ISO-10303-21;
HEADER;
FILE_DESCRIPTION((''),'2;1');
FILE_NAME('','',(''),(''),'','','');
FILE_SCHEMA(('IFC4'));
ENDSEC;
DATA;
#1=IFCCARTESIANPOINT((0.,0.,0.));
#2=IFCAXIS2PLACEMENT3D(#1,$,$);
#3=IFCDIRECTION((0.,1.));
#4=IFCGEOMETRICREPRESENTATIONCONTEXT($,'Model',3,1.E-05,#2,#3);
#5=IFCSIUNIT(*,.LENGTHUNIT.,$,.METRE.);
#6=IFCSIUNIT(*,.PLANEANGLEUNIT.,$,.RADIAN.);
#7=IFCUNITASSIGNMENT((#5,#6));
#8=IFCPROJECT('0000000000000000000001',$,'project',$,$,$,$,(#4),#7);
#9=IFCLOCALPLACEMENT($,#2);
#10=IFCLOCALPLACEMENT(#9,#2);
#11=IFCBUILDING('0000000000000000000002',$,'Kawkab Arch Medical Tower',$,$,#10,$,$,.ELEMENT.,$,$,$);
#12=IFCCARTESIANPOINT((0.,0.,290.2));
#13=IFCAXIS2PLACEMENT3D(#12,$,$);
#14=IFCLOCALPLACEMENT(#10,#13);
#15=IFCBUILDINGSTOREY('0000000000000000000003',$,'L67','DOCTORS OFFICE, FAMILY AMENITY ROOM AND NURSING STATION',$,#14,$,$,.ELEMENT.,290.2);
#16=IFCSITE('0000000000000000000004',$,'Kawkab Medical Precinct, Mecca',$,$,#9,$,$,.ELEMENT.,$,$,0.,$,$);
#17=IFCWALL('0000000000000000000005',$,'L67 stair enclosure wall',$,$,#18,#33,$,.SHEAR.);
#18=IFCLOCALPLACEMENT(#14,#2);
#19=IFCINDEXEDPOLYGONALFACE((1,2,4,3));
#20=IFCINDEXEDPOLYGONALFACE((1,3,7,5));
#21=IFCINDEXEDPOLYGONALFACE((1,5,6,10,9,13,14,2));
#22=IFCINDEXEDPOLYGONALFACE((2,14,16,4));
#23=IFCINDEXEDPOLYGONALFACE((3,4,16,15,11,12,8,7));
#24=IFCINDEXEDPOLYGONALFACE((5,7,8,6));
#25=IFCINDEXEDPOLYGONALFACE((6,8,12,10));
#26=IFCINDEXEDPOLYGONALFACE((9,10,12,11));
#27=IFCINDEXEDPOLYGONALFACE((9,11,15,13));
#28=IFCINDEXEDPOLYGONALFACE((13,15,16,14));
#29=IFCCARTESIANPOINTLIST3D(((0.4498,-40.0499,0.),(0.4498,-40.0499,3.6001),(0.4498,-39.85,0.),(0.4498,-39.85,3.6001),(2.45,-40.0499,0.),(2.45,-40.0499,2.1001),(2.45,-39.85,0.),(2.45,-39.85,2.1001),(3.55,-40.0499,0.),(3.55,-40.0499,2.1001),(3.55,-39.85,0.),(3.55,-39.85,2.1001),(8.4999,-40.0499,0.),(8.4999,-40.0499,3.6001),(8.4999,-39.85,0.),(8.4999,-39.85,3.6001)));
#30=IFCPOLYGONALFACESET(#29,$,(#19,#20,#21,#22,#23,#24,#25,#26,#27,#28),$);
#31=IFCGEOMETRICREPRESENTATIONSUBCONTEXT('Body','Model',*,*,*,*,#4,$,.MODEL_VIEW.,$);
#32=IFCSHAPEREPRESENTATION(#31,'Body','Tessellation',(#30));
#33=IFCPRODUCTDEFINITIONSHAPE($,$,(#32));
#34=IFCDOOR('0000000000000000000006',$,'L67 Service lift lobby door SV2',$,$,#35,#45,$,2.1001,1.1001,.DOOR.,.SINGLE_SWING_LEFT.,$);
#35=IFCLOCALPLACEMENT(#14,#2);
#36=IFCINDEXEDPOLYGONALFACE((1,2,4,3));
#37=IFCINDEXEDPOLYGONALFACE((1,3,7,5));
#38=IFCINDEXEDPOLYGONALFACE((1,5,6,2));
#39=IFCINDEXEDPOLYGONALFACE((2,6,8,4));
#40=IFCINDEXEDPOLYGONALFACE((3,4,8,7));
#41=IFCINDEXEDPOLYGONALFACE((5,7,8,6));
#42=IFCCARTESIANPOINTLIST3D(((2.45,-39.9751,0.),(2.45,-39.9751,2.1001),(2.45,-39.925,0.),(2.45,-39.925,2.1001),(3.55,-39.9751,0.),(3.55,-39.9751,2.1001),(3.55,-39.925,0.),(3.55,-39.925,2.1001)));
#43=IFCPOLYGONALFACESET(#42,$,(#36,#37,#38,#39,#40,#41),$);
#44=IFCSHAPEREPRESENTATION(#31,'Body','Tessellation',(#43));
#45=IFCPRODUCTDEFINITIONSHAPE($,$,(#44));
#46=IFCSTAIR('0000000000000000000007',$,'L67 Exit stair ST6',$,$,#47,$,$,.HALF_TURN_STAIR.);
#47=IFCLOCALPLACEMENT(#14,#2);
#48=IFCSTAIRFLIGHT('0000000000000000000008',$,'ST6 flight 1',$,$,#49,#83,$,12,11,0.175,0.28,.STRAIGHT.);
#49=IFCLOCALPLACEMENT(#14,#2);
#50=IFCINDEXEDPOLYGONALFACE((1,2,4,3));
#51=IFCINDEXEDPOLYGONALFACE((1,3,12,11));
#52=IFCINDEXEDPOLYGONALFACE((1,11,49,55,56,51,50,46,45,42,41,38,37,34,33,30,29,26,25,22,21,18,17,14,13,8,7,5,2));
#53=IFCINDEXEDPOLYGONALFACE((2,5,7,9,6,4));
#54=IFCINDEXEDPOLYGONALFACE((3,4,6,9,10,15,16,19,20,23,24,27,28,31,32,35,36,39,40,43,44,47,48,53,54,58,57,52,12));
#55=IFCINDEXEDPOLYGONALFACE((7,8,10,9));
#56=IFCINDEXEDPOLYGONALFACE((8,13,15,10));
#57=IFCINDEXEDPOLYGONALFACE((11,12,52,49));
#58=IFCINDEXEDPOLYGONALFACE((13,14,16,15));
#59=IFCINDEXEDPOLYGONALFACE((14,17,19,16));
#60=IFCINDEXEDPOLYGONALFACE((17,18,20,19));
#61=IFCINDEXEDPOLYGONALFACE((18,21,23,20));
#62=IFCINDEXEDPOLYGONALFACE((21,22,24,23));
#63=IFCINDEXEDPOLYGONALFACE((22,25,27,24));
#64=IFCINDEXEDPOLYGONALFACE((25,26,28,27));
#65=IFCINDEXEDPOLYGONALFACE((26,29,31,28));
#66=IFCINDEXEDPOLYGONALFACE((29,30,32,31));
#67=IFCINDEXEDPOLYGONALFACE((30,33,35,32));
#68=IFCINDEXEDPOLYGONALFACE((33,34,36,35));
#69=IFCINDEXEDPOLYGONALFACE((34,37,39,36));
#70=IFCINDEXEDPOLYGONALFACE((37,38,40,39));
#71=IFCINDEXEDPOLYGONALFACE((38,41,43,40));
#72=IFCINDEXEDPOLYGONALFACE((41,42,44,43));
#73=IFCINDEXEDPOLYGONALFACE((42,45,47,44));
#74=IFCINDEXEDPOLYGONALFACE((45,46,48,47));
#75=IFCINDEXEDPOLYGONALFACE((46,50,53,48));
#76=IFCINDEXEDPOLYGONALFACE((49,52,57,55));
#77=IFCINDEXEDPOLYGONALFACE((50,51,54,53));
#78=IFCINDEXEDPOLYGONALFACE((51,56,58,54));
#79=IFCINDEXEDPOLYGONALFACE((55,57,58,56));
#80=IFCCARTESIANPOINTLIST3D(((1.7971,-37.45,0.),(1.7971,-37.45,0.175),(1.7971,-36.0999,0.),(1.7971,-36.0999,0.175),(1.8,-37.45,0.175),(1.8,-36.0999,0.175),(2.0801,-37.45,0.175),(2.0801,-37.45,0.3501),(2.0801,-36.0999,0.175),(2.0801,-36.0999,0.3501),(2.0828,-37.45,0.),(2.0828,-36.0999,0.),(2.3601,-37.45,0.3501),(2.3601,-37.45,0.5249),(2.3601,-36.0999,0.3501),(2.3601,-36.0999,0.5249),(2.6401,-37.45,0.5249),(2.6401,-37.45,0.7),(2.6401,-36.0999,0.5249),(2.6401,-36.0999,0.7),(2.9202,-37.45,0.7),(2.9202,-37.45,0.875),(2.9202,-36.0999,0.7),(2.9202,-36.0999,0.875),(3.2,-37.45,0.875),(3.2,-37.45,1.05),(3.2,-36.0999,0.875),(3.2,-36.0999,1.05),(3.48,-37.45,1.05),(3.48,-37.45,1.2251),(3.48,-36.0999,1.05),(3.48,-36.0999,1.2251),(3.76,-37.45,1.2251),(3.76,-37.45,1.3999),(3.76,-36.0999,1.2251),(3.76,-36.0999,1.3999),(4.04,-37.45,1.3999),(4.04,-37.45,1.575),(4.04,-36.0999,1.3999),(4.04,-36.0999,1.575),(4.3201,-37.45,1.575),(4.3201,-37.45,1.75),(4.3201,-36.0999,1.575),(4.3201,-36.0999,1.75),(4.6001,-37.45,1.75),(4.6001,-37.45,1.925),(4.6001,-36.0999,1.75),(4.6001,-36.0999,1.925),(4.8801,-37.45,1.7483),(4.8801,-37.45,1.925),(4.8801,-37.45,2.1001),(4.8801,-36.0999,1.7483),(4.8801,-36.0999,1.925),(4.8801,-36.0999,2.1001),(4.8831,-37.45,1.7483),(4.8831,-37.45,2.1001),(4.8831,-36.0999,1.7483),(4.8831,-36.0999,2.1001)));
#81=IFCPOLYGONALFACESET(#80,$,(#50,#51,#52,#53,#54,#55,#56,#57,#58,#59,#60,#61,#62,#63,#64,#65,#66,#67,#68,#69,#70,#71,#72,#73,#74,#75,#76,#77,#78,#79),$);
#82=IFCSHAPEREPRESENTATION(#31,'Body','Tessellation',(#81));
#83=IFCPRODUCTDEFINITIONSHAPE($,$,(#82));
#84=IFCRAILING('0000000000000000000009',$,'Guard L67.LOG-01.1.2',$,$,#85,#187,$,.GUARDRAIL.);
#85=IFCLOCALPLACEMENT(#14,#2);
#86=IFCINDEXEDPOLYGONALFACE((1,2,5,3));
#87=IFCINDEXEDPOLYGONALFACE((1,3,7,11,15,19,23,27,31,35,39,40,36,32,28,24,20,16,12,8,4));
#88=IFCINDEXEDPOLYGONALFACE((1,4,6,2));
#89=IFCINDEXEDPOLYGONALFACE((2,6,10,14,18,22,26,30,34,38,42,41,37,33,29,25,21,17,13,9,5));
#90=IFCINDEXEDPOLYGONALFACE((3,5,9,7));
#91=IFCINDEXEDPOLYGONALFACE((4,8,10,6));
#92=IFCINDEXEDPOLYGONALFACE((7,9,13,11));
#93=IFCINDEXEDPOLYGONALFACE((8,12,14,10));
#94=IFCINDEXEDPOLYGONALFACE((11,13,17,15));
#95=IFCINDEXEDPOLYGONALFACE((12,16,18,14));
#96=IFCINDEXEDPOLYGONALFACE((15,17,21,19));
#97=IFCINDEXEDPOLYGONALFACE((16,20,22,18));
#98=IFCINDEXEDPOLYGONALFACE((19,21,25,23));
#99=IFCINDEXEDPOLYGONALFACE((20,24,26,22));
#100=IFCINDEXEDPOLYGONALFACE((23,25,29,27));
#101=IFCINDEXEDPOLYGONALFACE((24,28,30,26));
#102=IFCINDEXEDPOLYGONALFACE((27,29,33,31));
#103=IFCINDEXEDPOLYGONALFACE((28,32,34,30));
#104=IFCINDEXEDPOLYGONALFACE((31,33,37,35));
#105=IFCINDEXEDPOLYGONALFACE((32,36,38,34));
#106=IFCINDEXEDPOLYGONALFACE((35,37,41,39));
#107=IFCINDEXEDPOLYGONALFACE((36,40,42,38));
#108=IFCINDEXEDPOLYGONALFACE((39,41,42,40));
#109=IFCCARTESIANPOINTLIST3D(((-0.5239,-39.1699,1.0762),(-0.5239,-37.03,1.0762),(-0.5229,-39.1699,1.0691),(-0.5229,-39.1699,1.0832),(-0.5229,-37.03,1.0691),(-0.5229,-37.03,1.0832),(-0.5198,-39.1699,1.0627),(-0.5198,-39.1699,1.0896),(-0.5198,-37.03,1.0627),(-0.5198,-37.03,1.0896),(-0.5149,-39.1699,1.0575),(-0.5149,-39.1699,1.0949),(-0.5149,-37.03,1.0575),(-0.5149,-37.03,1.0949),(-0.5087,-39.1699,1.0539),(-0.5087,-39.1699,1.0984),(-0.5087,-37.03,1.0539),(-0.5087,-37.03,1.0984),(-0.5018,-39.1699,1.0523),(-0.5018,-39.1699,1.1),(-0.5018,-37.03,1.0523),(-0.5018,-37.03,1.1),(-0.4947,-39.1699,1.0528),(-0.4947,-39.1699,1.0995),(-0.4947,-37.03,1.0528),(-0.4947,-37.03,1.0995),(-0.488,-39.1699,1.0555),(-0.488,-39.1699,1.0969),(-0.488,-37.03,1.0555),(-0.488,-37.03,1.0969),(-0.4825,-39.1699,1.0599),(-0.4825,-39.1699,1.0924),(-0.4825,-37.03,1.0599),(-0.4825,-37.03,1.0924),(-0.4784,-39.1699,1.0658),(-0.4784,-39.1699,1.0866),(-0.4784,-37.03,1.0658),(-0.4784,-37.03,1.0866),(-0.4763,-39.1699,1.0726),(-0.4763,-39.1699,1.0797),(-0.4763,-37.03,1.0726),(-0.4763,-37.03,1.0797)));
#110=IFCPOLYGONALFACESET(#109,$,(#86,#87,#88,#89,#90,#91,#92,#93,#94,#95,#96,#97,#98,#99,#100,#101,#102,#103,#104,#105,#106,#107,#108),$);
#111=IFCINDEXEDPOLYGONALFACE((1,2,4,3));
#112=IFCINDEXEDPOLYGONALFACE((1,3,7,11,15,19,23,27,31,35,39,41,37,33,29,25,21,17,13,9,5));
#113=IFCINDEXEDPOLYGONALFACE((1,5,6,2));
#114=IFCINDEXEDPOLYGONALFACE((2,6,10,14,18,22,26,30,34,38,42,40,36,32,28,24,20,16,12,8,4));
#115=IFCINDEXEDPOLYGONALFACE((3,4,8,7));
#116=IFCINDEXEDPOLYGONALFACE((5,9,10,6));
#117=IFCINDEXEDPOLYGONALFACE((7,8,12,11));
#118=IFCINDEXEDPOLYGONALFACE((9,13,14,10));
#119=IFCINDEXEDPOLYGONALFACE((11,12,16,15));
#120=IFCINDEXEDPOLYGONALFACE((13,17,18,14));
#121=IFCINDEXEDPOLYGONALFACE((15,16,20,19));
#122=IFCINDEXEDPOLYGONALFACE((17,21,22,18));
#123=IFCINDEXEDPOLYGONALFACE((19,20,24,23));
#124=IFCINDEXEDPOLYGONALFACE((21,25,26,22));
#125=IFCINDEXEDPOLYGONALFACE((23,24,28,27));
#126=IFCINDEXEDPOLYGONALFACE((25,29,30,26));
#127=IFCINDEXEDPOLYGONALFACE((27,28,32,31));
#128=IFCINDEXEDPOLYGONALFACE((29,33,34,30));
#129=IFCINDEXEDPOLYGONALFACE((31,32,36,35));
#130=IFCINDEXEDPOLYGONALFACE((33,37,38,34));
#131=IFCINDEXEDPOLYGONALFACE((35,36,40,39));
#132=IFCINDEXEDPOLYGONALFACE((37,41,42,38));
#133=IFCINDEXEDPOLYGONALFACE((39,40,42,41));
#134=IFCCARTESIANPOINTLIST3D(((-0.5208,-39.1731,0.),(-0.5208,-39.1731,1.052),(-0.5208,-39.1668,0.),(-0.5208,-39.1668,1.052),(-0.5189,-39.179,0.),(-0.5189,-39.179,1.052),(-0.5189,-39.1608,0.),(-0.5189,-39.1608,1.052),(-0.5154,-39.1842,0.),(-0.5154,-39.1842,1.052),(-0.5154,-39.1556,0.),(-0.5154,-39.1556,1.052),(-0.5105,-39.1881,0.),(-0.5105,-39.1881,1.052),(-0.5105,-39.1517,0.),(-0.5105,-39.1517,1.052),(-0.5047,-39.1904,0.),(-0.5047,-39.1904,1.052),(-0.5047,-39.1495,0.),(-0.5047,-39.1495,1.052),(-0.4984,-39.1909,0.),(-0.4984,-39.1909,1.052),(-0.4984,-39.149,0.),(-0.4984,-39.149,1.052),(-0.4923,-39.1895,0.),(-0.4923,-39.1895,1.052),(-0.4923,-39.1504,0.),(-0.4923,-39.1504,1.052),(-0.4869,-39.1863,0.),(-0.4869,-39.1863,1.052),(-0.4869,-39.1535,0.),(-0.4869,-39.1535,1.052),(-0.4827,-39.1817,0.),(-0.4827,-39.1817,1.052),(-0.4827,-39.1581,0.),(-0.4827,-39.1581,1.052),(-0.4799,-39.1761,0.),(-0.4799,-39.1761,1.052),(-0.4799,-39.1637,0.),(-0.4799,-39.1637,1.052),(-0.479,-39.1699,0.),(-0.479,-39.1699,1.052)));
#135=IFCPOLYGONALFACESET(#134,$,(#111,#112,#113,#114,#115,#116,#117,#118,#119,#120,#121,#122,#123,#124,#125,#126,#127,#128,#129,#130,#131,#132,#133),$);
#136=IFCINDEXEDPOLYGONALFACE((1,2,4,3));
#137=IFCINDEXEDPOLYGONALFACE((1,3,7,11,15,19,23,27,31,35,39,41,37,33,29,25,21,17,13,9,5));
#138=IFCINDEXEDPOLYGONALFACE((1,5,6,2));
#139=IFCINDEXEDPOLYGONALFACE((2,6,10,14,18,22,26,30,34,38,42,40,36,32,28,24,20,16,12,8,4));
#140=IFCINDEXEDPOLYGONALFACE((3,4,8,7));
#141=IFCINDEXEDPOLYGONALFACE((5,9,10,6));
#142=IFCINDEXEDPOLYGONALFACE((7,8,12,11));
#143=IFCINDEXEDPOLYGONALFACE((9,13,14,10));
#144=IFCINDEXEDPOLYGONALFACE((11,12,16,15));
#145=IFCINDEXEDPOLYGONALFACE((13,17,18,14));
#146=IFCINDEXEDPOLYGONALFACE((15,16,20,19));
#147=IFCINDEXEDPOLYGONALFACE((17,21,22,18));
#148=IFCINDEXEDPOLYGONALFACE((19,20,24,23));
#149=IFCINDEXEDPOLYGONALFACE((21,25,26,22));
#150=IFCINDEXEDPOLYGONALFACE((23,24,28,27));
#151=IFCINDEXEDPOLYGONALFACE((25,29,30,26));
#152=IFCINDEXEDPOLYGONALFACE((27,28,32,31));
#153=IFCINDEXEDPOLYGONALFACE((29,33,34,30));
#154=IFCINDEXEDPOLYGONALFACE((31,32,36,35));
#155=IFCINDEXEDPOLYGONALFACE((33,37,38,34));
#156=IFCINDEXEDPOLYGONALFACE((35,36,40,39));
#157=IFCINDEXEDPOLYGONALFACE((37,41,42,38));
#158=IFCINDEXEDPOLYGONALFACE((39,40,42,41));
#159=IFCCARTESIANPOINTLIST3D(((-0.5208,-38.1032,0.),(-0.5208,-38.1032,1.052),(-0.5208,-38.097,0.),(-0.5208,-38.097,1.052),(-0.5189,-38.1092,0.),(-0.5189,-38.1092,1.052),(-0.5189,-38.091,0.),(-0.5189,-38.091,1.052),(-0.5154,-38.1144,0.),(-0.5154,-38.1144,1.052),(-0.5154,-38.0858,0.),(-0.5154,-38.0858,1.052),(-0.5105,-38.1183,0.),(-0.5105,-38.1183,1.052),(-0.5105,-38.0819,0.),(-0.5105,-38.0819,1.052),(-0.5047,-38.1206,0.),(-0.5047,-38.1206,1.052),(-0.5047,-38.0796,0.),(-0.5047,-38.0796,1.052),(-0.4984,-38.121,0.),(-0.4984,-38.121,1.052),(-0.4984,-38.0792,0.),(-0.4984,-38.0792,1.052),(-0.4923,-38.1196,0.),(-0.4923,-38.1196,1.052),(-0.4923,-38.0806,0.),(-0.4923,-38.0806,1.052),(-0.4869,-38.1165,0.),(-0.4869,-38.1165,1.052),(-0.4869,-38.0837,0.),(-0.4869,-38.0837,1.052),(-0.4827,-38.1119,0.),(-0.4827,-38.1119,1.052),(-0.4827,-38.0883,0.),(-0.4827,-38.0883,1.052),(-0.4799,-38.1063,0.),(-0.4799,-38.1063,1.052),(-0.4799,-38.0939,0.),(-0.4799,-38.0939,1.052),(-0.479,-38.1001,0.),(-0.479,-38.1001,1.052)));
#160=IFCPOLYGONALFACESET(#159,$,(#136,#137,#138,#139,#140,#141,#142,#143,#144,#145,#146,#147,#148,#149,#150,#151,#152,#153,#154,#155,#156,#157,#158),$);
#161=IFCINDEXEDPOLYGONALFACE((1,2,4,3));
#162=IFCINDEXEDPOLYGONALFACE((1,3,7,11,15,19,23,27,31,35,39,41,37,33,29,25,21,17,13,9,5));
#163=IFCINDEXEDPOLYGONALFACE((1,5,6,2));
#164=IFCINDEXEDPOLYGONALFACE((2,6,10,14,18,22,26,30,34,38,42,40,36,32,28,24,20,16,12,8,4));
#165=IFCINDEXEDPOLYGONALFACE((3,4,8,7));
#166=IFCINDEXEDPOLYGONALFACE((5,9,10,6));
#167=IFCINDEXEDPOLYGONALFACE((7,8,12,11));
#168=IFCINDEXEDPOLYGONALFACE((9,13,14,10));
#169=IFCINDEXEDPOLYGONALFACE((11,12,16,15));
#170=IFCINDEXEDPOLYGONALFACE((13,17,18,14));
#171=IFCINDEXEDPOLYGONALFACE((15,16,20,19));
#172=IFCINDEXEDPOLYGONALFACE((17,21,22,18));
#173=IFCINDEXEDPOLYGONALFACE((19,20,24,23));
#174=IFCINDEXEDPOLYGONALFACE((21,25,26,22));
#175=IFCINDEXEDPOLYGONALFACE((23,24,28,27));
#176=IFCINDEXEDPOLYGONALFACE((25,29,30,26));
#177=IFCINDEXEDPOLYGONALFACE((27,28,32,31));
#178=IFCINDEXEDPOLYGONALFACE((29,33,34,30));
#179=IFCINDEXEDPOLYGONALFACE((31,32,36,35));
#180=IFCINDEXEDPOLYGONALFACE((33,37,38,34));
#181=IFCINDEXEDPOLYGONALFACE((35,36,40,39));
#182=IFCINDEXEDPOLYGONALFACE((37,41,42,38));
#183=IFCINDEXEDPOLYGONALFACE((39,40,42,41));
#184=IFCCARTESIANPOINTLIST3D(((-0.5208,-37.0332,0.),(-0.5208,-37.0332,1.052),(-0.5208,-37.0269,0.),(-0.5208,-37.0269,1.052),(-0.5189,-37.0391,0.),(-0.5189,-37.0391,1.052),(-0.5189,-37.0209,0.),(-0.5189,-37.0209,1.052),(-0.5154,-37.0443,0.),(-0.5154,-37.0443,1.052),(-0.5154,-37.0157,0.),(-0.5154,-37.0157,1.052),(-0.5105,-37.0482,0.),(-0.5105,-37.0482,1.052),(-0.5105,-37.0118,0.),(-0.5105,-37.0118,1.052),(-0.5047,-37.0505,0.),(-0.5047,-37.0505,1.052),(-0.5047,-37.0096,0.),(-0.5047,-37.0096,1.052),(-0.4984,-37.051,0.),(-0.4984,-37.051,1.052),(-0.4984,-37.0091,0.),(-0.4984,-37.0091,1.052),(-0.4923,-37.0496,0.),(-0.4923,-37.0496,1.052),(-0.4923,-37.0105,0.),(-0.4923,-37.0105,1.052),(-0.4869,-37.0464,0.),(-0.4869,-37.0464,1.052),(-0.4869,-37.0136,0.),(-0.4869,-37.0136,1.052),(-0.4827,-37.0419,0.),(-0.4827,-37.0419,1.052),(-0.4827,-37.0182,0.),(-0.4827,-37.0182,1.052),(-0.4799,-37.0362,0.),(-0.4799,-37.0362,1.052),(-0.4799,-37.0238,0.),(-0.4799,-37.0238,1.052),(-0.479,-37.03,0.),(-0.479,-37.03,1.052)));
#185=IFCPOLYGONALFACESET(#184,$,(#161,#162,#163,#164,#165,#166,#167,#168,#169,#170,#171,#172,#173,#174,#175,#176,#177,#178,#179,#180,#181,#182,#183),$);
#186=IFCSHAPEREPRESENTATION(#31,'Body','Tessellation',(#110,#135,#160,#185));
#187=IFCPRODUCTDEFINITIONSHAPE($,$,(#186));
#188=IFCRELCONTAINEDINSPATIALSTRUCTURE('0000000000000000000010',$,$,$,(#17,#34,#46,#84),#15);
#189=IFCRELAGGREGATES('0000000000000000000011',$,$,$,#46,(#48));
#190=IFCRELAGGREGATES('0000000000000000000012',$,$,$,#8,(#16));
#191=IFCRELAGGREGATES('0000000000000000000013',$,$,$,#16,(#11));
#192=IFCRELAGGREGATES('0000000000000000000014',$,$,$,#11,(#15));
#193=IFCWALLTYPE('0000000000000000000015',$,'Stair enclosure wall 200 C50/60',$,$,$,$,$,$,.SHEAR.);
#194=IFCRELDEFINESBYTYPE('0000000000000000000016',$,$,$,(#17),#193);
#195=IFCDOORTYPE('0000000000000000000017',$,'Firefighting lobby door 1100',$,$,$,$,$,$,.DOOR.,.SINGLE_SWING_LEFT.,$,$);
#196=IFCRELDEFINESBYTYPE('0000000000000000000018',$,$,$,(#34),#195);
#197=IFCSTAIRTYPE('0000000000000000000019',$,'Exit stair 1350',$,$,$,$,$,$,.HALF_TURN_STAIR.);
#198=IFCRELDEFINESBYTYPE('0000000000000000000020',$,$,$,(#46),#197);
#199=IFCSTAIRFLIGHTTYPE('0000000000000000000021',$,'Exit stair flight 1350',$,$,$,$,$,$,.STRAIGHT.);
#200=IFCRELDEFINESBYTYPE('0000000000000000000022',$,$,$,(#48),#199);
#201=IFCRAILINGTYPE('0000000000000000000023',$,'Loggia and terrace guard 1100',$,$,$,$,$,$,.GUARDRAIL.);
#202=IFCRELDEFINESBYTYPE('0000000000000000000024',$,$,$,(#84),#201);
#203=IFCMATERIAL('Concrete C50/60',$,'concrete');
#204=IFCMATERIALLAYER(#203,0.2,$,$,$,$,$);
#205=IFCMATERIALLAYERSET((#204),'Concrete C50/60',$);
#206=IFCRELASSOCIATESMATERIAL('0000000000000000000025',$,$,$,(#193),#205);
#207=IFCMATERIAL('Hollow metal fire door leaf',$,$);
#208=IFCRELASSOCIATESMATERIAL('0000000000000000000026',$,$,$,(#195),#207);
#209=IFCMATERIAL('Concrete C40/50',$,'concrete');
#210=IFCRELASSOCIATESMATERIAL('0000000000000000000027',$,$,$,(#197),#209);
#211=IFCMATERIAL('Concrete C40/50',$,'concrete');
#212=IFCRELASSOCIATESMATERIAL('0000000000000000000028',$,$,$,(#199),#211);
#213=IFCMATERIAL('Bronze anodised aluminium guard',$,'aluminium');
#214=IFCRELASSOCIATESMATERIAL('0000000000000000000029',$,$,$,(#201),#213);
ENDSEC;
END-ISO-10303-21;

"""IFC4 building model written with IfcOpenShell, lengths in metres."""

from ifc_helpers import new_model, si_unit, direction, frame, frame_2d, origin, origin_2d, place, context, subcontext, project, spatial, polyline, rectangle, circle, outline, extrude, material, layer, layer_set, type_object, element, fill, aggregate, save


model = new_model("IFC4")

# Units and contexts
model_context = context("Model", 3, precision=1e-05, world=origin(), true_north=direction((0.0, 1.0)))
body_context = subcontext(model_context, "Body", "Model", "MODEL_VIEW")
ifc_project = project(units=[si_unit("LENGTHUNIT", "METRE"), si_unit("PLANEANGLEUNIT", "RADIAN")], contexts=[model_context])

# Site, building, storey
site_placement = place(None, origin())
site = spatial("IfcSite", under=ifc_project, at=site_placement, Name="Kawkab Medical Precinct, Mecca", CompositionType="ELEMENT", RefElevation=0.0)
building_placement = place(site_placement, origin())
building = spatial("IfcBuilding", under=site, at=building_placement, Name="Kawkab Arch Medical Tower", CompositionType="ELEMENT")
storey_placement = place(building_placement, frame((0.0, 0.0, 290.2)))
storey = spatial("IfcBuildingStorey", under=building, at=storey_placement, Name="L67", Description="DOCTORS OFFICE, FAMILY AMENITY ROOM AND NURSING STATION", CompositionType="ELEMENT", Elevation=290.2)

# Shared definitions
placement = place(storey_placement, origin())

# Wall, opening, door
ifc_material_1 = material(Name="Concrete C50/60", Category="concrete")
ifc_layer_1 = layer(ifc_material_1, 0.2)
ifc_layer_set_1 = layer_set([ifc_layer_1], Name="Concrete C50/60")
wall_type_1 = type_object("IfcWallType", Name="Stair enclosure wall 200 C50/60", PredefinedType="SHEAR", material=ifc_layer_set_1)
wall_1_placement = place(storey_placement, frame((0.45, -39.95, 0.0), z_axis=(0.0, 0.0, 1.0), x_axis=(1.0, 0.0, 0.0)))
wall_1 = element("IfcWall", 1, at=wall_1_placement, inside=storey, type_object=wall_type_1, Name="L67 stair enclosure wall", PredefinedType="SHEAR", context=body_context, shape_type="SweptSolid", body=[
    extrude(rectangle(XDim=8.05, YDim=0.2, at=frame_2d((4.0249, 0.0))), origin(), (0.0, 0.0, 1.0), 3.6001),
])
opening_1_placement = place(wall_1_placement, frame((2.0, 0.0, 0.0)))
opening_1 = element("IfcOpeningElement", 2, at=opening_1_placement, cuts=wall_1, PredefinedType="OPENING", context=body_context, shape_type="SweptSolid", body=[
    extrude(rectangle(XDim=1.1001, YDim=2.1001, at=frame_2d((0.55, 1.05))), frame((0.0, 0.1099, 0.0), z_axis=(0.0, -1.0, 0.0), x_axis=(1.0, 0.0, 0.0)), (0.0, 0.0, 1.0), 0.22),
])
ifc_material_2 = material(Name="Hollow metal fire door leaf")
door_type_1 = type_object("IfcDoorType", Name="Firefighting lobby door 1100", OperationType="SINGLE_SWING_LEFT", PredefinedType="DOOR", material=ifc_material_2)
door_1_placement = place(opening_1_placement, origin())
door_1 = element("IfcDoor", 3, at=door_1_placement, inside=storey, type_object=door_type_1, Name="L67 Service lift lobby door SV2", OperationType="SINGLE_SWING_LEFT", OverallHeight=2.1001, OverallWidth=1.1001, PredefinedType="DOOR", context=body_context, shape_type="SweptSolid", body=[
    extrude(rectangle(XDim=1.1001, YDim=2.1001, at=frame_2d((0.55, 1.05))), frame((0.0, 0.0249, 0.0), z_axis=(0.0, -1.0, 0.0), x_axis=(1.0, 0.0, 0.0)), (0.0, 0.0, 1.0), 0.05),
])
fill(opening_1, door_1)

# Stair, stair flight
ifc_material_3 = material(Name="Concrete C40/50", Category="concrete")
stair_type = type_object("IfcStairType", Name="Exit stair 1350", PredefinedType="HALF_TURN_STAIR", material=ifc_material_3)
stair = element("IfcStair", 4, at=placement, inside=storey, type_object=stair_type, Name="L67 Exit stair ST6", PredefinedType="HALF_TURN_STAIR")
ifc_material_4 = material(Name="Concrete C40/50", Category="concrete")
stair_flight_type = type_object("IfcStairFlightType", Name="Exit stair flight 1350", PredefinedType="STRAIGHT", material=ifc_material_4)
stair_flight_placement = place(storey_placement, frame((1.8, -36.7749, 0.0), z_axis=(0.0, 0.0, 1.0), x_axis=(1.0, 0.0, 0.0)))
stair_flight = element("IfcStairFlight", 5, at=stair_flight_placement, type_object=stair_flight_type, Name="ST6 flight 1", NumberOfRisers=12, NumberOfTreads=11, PredefinedType="STRAIGHT", RiserHeight=0.175, TreadLength=0.28, context=body_context, shape_type="SweptSolid", body=[
    extrude(outline(polyline([(-0.0029, 0.0), (-0.0029, 0.175), (0.0, 0.175), (0.28, 0.175), (0.28, 0.3501), (0.5601, 0.3501), (0.5601, 0.5249), (0.8401, 0.5249), (0.8401, 0.7), (1.1201, 0.7), (1.1201, 0.875), (1.3999, 0.875), (1.3999, 1.05), (1.6799, 1.05), (1.6799, 1.2251), (1.96, 1.2251), (1.96, 1.3999), (2.24, 1.3999), (2.24, 1.575), (2.52, 1.575), (2.52, 1.75), (2.8, 1.75), (2.8, 1.925), (3.0801, 1.925), (3.0801, 2.1001), (3.083, 2.1001), (3.083, 1.7483), (3.0801, 1.7483), (0.2827, 0.0), (-0.0029, 0.0)])), frame((0.0, 0.675, 0.0), z_axis=(0.0, -1.0, 0.0), x_axis=(1.0, 0.0, 0.0)), (0.0, 0.0, 1.0), 1.3501),
])
aggregate(stair, [stair_flight])

# Railing
ifc_material_5 = material(Name="Bronze anodised aluminium guard", Category="aluminium")
railing_type_1 = type_object("IfcRailingType", Name="Loggia and terrace guard 1100", PredefinedType="GUARDRAIL", material=ifc_material_5)
railing_1_placement = place(storey_placement, frame((-0.5, -39.1699, 0.0)))
element("IfcRailing", 6, at=railing_1_placement, inside=storey, type_object=railing_type_1, Name="Guard L67.LOG-01.1.2", PredefinedType="GUARDRAIL", context=body_context, shape_type="SweptSolid", body=[
    extrude(circle(Radius=0.0239, at=origin_2d()), frame((0.0, 0.0, 1.0762), z_axis=(0.0, 1.0, 0.0), x_axis=(-1.0, 0.0, 0.0)), (0.0, 0.0, 1.0), 2.1399),
    extrude(circle(Radius=0.021, at=origin_2d()), origin(), (0.0, 0.0, 1.0), 1.052),
    extrude(circle(Radius=0.021, at=origin_2d()), frame((0.0, 1.0698, 0.0)), (0.0, 0.0, 1.0), 1.052),
    extrude(circle(Radius=0.021, at=origin_2d()), frame((0.0, 2.1399, 0.0)), (0.0, 0.0, 1.0), 1.052),
])

save(model, "model.ifc")
